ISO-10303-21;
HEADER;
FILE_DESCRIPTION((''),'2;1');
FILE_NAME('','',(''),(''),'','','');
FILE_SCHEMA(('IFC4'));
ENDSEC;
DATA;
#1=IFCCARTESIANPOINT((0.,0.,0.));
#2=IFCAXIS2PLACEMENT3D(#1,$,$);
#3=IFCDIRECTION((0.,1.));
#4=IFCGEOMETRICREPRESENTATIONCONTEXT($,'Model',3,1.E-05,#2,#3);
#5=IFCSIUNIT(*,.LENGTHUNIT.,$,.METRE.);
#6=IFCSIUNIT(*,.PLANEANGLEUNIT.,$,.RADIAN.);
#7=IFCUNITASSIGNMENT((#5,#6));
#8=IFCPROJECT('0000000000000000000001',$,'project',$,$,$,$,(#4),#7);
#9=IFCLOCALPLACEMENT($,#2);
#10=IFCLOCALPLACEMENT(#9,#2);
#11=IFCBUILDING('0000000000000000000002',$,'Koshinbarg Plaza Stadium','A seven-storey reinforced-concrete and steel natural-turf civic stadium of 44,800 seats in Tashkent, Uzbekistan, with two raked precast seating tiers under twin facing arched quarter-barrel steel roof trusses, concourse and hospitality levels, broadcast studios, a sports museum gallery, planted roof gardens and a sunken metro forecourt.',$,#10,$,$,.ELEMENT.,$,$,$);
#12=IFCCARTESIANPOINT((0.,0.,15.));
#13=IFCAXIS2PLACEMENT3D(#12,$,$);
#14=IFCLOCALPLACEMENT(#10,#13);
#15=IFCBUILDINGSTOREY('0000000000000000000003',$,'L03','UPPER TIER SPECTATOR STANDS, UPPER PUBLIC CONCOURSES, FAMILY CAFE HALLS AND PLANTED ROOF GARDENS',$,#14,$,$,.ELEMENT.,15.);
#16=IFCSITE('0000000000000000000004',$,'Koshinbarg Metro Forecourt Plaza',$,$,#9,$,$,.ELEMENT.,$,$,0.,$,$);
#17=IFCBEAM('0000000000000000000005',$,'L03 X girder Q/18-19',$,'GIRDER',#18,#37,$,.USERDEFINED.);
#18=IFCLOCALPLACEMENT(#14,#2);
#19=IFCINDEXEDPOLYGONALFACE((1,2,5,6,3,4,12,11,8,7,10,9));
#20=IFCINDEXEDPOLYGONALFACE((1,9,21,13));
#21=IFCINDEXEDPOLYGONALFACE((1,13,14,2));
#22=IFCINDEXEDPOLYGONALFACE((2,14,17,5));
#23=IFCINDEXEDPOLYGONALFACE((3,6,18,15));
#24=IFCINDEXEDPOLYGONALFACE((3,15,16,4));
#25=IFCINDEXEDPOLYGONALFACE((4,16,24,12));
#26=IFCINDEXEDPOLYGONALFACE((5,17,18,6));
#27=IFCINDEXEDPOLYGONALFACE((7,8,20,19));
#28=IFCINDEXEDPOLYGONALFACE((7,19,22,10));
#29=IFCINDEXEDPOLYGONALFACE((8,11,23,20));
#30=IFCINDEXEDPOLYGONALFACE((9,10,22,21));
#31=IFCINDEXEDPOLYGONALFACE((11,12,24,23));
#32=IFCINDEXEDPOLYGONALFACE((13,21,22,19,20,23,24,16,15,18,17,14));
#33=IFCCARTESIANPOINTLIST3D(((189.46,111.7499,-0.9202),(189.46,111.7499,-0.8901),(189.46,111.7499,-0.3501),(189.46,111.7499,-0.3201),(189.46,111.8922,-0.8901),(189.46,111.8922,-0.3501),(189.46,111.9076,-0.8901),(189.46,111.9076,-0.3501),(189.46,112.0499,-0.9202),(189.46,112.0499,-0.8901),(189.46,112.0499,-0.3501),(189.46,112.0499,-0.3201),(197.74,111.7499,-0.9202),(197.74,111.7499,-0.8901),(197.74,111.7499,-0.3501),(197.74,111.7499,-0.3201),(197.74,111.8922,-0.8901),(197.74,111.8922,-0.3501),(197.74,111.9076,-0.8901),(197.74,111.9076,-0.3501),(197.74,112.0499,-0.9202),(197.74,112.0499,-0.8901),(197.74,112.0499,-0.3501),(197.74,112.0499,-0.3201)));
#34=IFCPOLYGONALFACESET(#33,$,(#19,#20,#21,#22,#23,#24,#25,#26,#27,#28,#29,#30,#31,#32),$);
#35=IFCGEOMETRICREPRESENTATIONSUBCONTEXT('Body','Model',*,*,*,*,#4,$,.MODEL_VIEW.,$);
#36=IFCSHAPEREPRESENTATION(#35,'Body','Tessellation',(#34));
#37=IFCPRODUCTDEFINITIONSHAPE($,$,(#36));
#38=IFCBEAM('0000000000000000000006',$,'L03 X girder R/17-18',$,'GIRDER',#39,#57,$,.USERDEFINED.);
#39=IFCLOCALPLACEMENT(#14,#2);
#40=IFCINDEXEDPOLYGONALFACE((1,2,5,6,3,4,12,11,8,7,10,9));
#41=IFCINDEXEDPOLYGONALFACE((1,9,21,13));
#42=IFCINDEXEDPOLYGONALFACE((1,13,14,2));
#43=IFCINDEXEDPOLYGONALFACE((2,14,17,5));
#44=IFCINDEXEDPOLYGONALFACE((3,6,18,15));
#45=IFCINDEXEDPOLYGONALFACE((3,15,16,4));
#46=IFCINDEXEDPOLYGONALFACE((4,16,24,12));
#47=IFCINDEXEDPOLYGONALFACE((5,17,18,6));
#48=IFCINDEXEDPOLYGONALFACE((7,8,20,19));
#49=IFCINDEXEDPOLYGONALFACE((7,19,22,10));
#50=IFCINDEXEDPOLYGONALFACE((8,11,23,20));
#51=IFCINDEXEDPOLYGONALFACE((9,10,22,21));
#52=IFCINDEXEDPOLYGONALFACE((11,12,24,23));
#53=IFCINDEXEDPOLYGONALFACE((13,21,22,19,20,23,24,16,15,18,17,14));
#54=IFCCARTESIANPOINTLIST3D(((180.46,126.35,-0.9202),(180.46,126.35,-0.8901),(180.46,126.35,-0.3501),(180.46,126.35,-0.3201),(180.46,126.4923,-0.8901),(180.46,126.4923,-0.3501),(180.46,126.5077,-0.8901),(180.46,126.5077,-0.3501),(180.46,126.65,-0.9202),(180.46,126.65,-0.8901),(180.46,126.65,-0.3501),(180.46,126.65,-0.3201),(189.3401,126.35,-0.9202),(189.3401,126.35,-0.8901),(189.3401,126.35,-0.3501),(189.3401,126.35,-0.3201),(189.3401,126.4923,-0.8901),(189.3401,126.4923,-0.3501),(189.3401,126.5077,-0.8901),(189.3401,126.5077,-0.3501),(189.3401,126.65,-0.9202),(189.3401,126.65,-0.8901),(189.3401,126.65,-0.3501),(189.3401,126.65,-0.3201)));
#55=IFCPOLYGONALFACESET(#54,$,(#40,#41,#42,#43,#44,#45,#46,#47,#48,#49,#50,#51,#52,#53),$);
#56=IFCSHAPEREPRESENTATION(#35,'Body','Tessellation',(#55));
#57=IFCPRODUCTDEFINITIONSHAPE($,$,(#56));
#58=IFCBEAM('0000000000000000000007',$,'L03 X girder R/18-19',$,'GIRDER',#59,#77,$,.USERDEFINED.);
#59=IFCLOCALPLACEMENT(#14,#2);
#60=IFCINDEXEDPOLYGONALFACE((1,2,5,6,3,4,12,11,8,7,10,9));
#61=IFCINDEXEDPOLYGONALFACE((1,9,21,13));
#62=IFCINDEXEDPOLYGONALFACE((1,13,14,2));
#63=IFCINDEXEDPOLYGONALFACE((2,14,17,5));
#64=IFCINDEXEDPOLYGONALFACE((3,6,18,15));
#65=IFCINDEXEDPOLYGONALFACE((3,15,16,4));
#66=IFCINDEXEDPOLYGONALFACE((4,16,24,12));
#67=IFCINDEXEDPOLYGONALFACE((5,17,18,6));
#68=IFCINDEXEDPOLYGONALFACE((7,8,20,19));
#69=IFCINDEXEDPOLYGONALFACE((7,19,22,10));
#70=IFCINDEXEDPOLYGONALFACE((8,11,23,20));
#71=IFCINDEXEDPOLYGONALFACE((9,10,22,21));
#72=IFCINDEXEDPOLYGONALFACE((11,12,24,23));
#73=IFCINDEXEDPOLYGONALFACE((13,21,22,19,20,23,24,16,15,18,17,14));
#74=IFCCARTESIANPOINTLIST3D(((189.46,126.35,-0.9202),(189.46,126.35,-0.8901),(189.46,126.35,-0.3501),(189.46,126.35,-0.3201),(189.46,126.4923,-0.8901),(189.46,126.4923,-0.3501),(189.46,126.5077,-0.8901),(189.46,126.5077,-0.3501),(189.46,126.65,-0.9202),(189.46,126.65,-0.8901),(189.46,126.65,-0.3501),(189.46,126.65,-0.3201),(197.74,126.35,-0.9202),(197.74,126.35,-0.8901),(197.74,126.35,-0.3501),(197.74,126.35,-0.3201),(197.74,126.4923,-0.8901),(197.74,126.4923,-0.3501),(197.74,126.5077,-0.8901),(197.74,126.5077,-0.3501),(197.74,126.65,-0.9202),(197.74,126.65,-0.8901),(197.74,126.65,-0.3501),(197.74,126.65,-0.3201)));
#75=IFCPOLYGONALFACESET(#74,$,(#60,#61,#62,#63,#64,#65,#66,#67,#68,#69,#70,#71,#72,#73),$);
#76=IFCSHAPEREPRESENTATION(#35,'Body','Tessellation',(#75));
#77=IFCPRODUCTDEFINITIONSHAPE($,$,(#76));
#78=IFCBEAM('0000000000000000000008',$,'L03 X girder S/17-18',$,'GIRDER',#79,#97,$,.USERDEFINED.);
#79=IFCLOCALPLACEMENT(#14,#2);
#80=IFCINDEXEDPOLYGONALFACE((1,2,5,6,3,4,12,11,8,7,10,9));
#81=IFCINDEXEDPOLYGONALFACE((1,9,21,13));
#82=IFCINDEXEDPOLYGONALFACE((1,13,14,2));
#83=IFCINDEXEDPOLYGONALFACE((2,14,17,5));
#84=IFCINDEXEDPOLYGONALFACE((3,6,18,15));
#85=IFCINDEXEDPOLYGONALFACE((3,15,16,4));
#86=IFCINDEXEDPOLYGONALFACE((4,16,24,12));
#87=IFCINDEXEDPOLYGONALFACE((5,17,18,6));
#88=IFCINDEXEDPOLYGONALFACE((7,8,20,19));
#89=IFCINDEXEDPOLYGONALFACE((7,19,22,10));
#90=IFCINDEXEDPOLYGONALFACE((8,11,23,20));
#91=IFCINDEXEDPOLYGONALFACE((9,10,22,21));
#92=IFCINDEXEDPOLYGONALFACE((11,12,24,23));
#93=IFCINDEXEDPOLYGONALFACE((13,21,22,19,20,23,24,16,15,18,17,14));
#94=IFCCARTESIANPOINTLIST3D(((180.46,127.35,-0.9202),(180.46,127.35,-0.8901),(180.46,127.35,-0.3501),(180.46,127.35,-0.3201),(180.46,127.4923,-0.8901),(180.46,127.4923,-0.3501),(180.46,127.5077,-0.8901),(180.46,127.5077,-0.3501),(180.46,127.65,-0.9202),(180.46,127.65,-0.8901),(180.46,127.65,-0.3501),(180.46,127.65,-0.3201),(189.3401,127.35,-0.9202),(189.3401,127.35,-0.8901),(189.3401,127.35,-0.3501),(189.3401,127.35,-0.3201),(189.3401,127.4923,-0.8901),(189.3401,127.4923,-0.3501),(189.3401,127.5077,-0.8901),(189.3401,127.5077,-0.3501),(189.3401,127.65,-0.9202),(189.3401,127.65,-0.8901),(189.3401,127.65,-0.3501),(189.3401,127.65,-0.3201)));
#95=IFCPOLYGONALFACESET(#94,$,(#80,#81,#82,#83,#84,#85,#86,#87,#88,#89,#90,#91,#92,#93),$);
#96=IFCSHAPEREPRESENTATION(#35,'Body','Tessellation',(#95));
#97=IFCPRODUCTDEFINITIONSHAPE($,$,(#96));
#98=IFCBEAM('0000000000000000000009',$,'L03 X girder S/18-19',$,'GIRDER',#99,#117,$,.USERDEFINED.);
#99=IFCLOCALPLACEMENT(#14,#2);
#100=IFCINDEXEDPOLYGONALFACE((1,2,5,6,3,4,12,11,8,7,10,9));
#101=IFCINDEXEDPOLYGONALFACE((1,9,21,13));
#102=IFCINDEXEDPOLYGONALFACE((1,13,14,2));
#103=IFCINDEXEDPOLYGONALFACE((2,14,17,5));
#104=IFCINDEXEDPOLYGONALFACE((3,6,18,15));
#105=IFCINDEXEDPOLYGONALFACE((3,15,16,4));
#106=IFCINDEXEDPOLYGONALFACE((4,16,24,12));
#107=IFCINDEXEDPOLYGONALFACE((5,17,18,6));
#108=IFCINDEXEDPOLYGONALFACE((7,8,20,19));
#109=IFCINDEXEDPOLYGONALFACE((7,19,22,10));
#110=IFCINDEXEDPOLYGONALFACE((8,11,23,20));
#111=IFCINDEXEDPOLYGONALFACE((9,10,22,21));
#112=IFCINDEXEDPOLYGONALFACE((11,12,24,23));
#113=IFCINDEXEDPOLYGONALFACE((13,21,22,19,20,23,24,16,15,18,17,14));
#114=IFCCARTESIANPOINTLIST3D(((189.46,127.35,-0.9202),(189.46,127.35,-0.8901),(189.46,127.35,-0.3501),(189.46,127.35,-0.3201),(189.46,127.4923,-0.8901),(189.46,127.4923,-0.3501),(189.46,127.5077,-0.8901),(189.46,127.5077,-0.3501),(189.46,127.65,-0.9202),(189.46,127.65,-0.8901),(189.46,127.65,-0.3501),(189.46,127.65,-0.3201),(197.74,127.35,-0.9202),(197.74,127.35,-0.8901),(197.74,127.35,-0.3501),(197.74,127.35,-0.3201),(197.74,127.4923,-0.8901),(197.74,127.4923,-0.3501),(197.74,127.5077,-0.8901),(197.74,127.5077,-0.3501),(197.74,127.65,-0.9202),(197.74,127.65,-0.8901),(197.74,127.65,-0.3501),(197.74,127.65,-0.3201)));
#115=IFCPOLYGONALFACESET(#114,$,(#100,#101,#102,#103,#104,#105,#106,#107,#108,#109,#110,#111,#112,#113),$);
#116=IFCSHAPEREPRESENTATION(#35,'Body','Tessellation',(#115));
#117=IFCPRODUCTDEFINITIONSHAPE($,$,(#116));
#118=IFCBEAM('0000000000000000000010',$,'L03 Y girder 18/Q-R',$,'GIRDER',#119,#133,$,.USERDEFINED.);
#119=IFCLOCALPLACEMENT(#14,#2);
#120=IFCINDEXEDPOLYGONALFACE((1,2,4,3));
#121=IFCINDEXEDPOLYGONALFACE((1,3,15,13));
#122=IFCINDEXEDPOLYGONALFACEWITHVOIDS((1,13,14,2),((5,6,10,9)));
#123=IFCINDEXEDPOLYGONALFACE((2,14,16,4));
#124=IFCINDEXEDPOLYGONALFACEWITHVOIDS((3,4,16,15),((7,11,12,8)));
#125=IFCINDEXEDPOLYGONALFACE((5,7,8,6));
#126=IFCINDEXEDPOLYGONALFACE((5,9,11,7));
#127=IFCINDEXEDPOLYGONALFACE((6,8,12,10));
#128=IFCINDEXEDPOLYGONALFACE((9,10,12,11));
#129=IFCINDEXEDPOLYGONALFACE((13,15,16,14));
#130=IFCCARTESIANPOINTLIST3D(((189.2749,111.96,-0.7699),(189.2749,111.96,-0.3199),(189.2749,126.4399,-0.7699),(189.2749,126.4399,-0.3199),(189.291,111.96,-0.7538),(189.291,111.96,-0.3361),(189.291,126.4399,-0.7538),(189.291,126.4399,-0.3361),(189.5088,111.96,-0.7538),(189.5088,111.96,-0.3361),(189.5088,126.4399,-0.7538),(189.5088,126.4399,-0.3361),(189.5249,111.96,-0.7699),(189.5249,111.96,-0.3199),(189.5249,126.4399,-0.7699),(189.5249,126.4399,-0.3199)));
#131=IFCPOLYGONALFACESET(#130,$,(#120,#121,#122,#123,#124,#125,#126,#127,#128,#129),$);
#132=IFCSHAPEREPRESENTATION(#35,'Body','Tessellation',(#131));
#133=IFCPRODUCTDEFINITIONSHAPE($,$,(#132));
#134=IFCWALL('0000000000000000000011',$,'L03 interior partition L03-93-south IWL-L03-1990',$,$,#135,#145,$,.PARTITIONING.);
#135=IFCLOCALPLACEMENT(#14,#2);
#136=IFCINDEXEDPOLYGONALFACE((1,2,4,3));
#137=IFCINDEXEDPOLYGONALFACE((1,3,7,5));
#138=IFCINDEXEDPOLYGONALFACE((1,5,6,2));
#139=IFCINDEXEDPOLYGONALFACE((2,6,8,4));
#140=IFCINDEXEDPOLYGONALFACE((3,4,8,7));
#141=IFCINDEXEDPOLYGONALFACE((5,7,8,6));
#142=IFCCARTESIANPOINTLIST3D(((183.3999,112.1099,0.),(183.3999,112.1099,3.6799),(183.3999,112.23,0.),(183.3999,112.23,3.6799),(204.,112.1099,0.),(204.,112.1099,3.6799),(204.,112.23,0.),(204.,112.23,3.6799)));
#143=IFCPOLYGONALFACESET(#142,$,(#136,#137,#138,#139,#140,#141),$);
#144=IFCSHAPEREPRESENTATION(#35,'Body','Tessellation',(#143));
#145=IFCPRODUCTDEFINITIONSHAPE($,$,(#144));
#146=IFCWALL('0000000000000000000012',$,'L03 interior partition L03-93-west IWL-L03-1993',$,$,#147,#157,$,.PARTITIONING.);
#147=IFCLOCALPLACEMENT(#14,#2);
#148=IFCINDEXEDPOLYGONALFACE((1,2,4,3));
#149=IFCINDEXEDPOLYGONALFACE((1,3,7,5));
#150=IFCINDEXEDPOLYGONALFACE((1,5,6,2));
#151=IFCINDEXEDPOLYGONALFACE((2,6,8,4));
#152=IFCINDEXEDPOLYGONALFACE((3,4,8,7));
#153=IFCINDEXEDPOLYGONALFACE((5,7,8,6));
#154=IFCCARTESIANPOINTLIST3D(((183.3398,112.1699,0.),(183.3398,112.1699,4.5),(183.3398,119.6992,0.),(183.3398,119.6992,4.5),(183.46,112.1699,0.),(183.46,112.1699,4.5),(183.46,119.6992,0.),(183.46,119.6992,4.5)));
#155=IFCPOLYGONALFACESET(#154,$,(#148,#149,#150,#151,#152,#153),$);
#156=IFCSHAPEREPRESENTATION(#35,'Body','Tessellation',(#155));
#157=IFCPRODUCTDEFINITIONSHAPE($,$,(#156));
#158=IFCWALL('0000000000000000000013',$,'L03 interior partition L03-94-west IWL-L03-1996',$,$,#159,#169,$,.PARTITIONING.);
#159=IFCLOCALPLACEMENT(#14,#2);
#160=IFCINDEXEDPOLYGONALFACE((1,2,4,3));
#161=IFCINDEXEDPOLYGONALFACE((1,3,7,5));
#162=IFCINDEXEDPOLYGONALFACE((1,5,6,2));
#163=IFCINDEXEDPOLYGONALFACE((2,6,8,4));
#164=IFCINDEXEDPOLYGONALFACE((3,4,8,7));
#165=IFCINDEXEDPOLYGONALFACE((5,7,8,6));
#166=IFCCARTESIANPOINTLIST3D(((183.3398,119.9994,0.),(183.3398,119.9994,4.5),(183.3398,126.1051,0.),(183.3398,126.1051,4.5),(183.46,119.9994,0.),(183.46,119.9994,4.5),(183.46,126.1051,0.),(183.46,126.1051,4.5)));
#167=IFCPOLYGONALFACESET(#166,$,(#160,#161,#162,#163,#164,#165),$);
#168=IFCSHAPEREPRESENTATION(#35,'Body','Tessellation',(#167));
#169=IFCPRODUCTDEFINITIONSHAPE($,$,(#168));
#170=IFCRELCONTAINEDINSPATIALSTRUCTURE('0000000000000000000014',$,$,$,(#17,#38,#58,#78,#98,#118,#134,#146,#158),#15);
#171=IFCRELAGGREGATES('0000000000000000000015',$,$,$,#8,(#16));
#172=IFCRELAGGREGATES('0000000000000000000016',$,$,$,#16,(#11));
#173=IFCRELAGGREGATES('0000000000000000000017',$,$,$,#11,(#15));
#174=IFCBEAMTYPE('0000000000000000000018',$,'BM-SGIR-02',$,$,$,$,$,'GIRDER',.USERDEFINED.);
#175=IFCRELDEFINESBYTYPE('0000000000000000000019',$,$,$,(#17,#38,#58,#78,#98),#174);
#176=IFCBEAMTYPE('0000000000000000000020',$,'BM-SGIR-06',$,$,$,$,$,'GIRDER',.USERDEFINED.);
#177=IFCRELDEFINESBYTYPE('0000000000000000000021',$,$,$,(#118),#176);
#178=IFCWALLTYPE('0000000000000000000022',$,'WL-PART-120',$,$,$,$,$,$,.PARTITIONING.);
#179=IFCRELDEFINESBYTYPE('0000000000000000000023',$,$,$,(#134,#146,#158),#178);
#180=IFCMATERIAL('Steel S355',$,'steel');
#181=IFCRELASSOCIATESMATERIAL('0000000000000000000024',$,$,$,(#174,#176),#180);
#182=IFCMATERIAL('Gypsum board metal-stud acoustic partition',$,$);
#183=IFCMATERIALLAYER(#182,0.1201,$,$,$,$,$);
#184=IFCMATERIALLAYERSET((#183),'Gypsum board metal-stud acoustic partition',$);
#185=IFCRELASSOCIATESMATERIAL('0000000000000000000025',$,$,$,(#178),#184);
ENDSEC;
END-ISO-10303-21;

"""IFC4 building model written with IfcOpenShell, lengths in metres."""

from ifc_helpers import new_model, si_unit, direction, frame, frame_2d, origin, origin_2d, place, context, subcontext, project, spatial, rectangle, hollow_rectangle, i_section, extrude, material, layer, layer_set, material_profile, profile_set, type_object, element, save


model = new_model("IFC4")

# Units and contexts
model_context = context("Model", 3, precision=1e-05, world=origin(), true_north=direction((0.0, 1.0)))
body_context = subcontext(model_context, "Body", "Model", "MODEL_VIEW")
ifc_project = project(units=[si_unit("LENGTHUNIT", "METRE"), si_unit("PLANEANGLEUNIT", "RADIAN")], contexts=[model_context])

# Site, building, storey
site_placement = place(None, origin())
site = spatial("IfcSite", under=ifc_project, at=site_placement, Name="Koshinbarg Metro Forecourt Plaza", CompositionType="ELEMENT", RefElevation=0.0)
building_placement = place(site_placement, origin())
building = spatial("IfcBuilding", under=site, at=building_placement, Name="Koshinbarg Plaza Stadium", Description="A seven-storey reinforced-concrete and steel natural-turf civic stadium of 44,800 seats in Tashkent, Uzbekistan, with two raked precast seating tiers under twin facing arched quarter-barrel steel roof trusses, concourse and hospitality levels, broadcast studios, a sports museum gallery, planted roof gardens and a sunken metro forecourt.", CompositionType="ELEMENT")
storey_placement = place(building_placement, frame((0.0, 0.0, 15.0)))
storey = spatial("IfcBuildingStorey", under=building, at=storey_placement, Name="L03", Description="UPPER TIER SPECTATOR STANDS, UPPER PUBLIC CONCOURSES, FAMILY CAFE HALLS AND PLANTED ROOF GARDENS", CompositionType="ELEMENT", Elevation=15.0)

# Beams
ifc_material_1 = material(Name="Steel S355", Category="steel")
ifc_material_profile_1 = material_profile(ifc_material_1, i_section(OverallWidth=0.3, OverallDepth=0.6001, WebThickness=0.0154, FlangeThickness=0.03, at=origin_2d()), Name="HEB 600")
ifc_profile_set_1 = profile_set([ifc_material_profile_1], Name="Steel S355")
beam_type_1 = type_object("IfcBeamType", Name="BM-SGIR-02", ElementType="GIRDER", PredefinedType="USERDEFINED", material=ifc_profile_set_1)
beam_1_placement = place(storey_placement, frame((189.46, 111.8999, -0.6201), z_axis=(1.0, 0.0, 0.0), x_axis=(0.0, 1.0, 0.0)))
element("IfcBeam", 1, at=beam_1_placement, inside=storey, type_object=beam_type_1, Name="L03 X girder Q/18-19", ObjectType="GIRDER", PredefinedType="USERDEFINED", context=body_context, shape_type="SweptSolid", body=[
    extrude(i_section(OverallWidth=0.3, OverallDepth=0.6001, WebThickness=0.0154, FlangeThickness=0.03, at=origin_2d()), origin(), (0.0, 0.0, 1.0), 8.28),
])
beam_2_placement = place(storey_placement, frame((180.46, 126.5, -0.6201), z_axis=(1.0, 0.0, 0.0), x_axis=(0.0, 1.0, 0.0)))
element("IfcBeam", 2, at=beam_2_placement, inside=storey, type_object=beam_type_1, Name="L03 X girder R/17-18", ObjectType="GIRDER", PredefinedType="USERDEFINED", context=body_context, shape_type="SweptSolid", body=[
    extrude(i_section(OverallWidth=0.3, OverallDepth=0.6001, WebThickness=0.0154, FlangeThickness=0.03, at=origin_2d()), origin(), (0.0, 0.0, 1.0), 8.8801),
])
beam_3_placement = place(storey_placement, frame((189.46, 126.5, -0.6201), z_axis=(1.0, 0.0, 0.0), x_axis=(0.0, 1.0, 0.0)))
element("IfcBeam", 3, at=beam_3_placement, inside=storey, type_object=beam_type_1, Name="L03 X girder R/18-19", ObjectType="GIRDER", PredefinedType="USERDEFINED", context=body_context, shape_type="SweptSolid", body=[
    extrude(i_section(OverallWidth=0.3, OverallDepth=0.6001, WebThickness=0.0154, FlangeThickness=0.03, at=origin_2d()), origin(), (0.0, 0.0, 1.0), 8.28),
])
beam_4_placement = place(storey_placement, frame((180.46, 127.5, -0.6201), z_axis=(1.0, 0.0, 0.0), x_axis=(0.0, 1.0, 0.0)))
element("IfcBeam", 4, at=beam_4_placement, inside=storey, type_object=beam_type_1, Name="L03 X girder S/17-18", ObjectType="GIRDER", PredefinedType="USERDEFINED", context=body_context, shape_type="SweptSolid", body=[
    extrude(i_section(OverallWidth=0.3, OverallDepth=0.6001, WebThickness=0.0154, FlangeThickness=0.03, at=origin_2d()), origin(), (0.0, 0.0, 1.0), 8.8801),
])
beam_5_placement = place(storey_placement, frame((189.46, 127.5, -0.6201), z_axis=(1.0, 0.0, 0.0), x_axis=(0.0, 1.0, 0.0)))
element("IfcBeam", 5, at=beam_5_placement, inside=storey, type_object=beam_type_1, Name="L03 X girder S/18-19", ObjectType="GIRDER", PredefinedType="USERDEFINED", context=body_context, shape_type="SweptSolid", body=[
    extrude(i_section(OverallWidth=0.3, OverallDepth=0.6001, WebThickness=0.0154, FlangeThickness=0.03, at=origin_2d()), origin(), (0.0, 0.0, 1.0), 8.28),
])
ifc_material_profile_2 = material_profile(ifc_material_1, hollow_rectangle(XDim=0.25, YDim=0.45, WallThickness=0.0161, at=origin_2d()), Name="RHS 450x250x16")
ifc_profile_set_2 = profile_set([ifc_material_profile_2], Name="Steel S355")
beam_type_2 = type_object("IfcBeamType", Name="BM-SGIR-06", ElementType="GIRDER", PredefinedType="USERDEFINED", material=ifc_profile_set_2)
beam_6_placement = place(storey_placement, frame((189.3999, 111.96, -0.5449), z_axis=(0.0, 1.0, 0.0), x_axis=(-1.0, 0.0, 0.0)))
element("IfcBeam", 6, at=beam_6_placement, inside=storey, type_object=beam_type_2, Name="L03 Y girder 18/Q-R", ObjectType="GIRDER", PredefinedType="USERDEFINED", context=body_context, shape_type="SweptSolid", body=[
    extrude(hollow_rectangle(XDim=0.25, YDim=0.45, WallThickness=0.0161, at=origin_2d()), origin(), (0.0, 0.0, 1.0), 14.48),
])

# Walls
ifc_material_2 = material(Name="Gypsum board metal-stud acoustic partition")
ifc_layer = layer(ifc_material_2, 0.1201)
ifc_layer_set = layer_set([ifc_layer], Name="Gypsum board metal-stud acoustic partition")
wall_type = type_object("IfcWallType", Name="WL-PART-120", PredefinedType="PARTITIONING", material=ifc_layer_set)
wall_1_placement = place(storey_placement, frame((183.3999, 112.1699, 0.0), z_axis=(0.0, 0.0, 1.0), x_axis=(1.0, 0.0, 0.0)))
element("IfcWall", 7, at=wall_1_placement, inside=storey, type_object=wall_type, Name="L03 interior partition L03-93-south IWL-L03-1990", PredefinedType="PARTITIONING", context=body_context, shape_type="SweptSolid", body=[
    extrude(rectangle(XDim=20.6001, YDim=0.1201, at=frame_2d((10.3, 0.0))), origin(), (0.0, 0.0, 1.0), 3.6799),
])
wall_2_placement = place(storey_placement, frame((183.3999, 119.6992, 0.0), z_axis=(0.0, 0.0, 1.0), x_axis=(0.0, -1.0, 0.0)))
element("IfcWall", 8, at=wall_2_placement, inside=storey, type_object=wall_type, Name="L03 interior partition L03-93-west IWL-L03-1993", PredefinedType="PARTITIONING", context=body_context, shape_type="SweptSolid", body=[
    extrude(rectangle(XDim=7.5293, YDim=0.1201, at=frame_2d((3.7646, 0.0))), origin(), (0.0, 0.0, 1.0), 4.5),
])
wall_3_placement = place(storey_placement, frame((183.3999, 126.105, 0.0), z_axis=(0.0, 0.0, 1.0), x_axis=(0.0, -1.0, 0.0)))
element("IfcWall", 9, at=wall_3_placement, inside=storey, type_object=wall_type, Name="L03 interior partition L03-94-west IWL-L03-1996", PredefinedType="PARTITIONING", context=body_context, shape_type="SweptSolid", body=[
    extrude(rectangle(XDim=6.1057, YDim=0.1201, at=frame_2d((3.0527, 0.0))), origin(), (0.0, 0.0, 1.0), 4.5),
])

save(model, "model.ifc")
